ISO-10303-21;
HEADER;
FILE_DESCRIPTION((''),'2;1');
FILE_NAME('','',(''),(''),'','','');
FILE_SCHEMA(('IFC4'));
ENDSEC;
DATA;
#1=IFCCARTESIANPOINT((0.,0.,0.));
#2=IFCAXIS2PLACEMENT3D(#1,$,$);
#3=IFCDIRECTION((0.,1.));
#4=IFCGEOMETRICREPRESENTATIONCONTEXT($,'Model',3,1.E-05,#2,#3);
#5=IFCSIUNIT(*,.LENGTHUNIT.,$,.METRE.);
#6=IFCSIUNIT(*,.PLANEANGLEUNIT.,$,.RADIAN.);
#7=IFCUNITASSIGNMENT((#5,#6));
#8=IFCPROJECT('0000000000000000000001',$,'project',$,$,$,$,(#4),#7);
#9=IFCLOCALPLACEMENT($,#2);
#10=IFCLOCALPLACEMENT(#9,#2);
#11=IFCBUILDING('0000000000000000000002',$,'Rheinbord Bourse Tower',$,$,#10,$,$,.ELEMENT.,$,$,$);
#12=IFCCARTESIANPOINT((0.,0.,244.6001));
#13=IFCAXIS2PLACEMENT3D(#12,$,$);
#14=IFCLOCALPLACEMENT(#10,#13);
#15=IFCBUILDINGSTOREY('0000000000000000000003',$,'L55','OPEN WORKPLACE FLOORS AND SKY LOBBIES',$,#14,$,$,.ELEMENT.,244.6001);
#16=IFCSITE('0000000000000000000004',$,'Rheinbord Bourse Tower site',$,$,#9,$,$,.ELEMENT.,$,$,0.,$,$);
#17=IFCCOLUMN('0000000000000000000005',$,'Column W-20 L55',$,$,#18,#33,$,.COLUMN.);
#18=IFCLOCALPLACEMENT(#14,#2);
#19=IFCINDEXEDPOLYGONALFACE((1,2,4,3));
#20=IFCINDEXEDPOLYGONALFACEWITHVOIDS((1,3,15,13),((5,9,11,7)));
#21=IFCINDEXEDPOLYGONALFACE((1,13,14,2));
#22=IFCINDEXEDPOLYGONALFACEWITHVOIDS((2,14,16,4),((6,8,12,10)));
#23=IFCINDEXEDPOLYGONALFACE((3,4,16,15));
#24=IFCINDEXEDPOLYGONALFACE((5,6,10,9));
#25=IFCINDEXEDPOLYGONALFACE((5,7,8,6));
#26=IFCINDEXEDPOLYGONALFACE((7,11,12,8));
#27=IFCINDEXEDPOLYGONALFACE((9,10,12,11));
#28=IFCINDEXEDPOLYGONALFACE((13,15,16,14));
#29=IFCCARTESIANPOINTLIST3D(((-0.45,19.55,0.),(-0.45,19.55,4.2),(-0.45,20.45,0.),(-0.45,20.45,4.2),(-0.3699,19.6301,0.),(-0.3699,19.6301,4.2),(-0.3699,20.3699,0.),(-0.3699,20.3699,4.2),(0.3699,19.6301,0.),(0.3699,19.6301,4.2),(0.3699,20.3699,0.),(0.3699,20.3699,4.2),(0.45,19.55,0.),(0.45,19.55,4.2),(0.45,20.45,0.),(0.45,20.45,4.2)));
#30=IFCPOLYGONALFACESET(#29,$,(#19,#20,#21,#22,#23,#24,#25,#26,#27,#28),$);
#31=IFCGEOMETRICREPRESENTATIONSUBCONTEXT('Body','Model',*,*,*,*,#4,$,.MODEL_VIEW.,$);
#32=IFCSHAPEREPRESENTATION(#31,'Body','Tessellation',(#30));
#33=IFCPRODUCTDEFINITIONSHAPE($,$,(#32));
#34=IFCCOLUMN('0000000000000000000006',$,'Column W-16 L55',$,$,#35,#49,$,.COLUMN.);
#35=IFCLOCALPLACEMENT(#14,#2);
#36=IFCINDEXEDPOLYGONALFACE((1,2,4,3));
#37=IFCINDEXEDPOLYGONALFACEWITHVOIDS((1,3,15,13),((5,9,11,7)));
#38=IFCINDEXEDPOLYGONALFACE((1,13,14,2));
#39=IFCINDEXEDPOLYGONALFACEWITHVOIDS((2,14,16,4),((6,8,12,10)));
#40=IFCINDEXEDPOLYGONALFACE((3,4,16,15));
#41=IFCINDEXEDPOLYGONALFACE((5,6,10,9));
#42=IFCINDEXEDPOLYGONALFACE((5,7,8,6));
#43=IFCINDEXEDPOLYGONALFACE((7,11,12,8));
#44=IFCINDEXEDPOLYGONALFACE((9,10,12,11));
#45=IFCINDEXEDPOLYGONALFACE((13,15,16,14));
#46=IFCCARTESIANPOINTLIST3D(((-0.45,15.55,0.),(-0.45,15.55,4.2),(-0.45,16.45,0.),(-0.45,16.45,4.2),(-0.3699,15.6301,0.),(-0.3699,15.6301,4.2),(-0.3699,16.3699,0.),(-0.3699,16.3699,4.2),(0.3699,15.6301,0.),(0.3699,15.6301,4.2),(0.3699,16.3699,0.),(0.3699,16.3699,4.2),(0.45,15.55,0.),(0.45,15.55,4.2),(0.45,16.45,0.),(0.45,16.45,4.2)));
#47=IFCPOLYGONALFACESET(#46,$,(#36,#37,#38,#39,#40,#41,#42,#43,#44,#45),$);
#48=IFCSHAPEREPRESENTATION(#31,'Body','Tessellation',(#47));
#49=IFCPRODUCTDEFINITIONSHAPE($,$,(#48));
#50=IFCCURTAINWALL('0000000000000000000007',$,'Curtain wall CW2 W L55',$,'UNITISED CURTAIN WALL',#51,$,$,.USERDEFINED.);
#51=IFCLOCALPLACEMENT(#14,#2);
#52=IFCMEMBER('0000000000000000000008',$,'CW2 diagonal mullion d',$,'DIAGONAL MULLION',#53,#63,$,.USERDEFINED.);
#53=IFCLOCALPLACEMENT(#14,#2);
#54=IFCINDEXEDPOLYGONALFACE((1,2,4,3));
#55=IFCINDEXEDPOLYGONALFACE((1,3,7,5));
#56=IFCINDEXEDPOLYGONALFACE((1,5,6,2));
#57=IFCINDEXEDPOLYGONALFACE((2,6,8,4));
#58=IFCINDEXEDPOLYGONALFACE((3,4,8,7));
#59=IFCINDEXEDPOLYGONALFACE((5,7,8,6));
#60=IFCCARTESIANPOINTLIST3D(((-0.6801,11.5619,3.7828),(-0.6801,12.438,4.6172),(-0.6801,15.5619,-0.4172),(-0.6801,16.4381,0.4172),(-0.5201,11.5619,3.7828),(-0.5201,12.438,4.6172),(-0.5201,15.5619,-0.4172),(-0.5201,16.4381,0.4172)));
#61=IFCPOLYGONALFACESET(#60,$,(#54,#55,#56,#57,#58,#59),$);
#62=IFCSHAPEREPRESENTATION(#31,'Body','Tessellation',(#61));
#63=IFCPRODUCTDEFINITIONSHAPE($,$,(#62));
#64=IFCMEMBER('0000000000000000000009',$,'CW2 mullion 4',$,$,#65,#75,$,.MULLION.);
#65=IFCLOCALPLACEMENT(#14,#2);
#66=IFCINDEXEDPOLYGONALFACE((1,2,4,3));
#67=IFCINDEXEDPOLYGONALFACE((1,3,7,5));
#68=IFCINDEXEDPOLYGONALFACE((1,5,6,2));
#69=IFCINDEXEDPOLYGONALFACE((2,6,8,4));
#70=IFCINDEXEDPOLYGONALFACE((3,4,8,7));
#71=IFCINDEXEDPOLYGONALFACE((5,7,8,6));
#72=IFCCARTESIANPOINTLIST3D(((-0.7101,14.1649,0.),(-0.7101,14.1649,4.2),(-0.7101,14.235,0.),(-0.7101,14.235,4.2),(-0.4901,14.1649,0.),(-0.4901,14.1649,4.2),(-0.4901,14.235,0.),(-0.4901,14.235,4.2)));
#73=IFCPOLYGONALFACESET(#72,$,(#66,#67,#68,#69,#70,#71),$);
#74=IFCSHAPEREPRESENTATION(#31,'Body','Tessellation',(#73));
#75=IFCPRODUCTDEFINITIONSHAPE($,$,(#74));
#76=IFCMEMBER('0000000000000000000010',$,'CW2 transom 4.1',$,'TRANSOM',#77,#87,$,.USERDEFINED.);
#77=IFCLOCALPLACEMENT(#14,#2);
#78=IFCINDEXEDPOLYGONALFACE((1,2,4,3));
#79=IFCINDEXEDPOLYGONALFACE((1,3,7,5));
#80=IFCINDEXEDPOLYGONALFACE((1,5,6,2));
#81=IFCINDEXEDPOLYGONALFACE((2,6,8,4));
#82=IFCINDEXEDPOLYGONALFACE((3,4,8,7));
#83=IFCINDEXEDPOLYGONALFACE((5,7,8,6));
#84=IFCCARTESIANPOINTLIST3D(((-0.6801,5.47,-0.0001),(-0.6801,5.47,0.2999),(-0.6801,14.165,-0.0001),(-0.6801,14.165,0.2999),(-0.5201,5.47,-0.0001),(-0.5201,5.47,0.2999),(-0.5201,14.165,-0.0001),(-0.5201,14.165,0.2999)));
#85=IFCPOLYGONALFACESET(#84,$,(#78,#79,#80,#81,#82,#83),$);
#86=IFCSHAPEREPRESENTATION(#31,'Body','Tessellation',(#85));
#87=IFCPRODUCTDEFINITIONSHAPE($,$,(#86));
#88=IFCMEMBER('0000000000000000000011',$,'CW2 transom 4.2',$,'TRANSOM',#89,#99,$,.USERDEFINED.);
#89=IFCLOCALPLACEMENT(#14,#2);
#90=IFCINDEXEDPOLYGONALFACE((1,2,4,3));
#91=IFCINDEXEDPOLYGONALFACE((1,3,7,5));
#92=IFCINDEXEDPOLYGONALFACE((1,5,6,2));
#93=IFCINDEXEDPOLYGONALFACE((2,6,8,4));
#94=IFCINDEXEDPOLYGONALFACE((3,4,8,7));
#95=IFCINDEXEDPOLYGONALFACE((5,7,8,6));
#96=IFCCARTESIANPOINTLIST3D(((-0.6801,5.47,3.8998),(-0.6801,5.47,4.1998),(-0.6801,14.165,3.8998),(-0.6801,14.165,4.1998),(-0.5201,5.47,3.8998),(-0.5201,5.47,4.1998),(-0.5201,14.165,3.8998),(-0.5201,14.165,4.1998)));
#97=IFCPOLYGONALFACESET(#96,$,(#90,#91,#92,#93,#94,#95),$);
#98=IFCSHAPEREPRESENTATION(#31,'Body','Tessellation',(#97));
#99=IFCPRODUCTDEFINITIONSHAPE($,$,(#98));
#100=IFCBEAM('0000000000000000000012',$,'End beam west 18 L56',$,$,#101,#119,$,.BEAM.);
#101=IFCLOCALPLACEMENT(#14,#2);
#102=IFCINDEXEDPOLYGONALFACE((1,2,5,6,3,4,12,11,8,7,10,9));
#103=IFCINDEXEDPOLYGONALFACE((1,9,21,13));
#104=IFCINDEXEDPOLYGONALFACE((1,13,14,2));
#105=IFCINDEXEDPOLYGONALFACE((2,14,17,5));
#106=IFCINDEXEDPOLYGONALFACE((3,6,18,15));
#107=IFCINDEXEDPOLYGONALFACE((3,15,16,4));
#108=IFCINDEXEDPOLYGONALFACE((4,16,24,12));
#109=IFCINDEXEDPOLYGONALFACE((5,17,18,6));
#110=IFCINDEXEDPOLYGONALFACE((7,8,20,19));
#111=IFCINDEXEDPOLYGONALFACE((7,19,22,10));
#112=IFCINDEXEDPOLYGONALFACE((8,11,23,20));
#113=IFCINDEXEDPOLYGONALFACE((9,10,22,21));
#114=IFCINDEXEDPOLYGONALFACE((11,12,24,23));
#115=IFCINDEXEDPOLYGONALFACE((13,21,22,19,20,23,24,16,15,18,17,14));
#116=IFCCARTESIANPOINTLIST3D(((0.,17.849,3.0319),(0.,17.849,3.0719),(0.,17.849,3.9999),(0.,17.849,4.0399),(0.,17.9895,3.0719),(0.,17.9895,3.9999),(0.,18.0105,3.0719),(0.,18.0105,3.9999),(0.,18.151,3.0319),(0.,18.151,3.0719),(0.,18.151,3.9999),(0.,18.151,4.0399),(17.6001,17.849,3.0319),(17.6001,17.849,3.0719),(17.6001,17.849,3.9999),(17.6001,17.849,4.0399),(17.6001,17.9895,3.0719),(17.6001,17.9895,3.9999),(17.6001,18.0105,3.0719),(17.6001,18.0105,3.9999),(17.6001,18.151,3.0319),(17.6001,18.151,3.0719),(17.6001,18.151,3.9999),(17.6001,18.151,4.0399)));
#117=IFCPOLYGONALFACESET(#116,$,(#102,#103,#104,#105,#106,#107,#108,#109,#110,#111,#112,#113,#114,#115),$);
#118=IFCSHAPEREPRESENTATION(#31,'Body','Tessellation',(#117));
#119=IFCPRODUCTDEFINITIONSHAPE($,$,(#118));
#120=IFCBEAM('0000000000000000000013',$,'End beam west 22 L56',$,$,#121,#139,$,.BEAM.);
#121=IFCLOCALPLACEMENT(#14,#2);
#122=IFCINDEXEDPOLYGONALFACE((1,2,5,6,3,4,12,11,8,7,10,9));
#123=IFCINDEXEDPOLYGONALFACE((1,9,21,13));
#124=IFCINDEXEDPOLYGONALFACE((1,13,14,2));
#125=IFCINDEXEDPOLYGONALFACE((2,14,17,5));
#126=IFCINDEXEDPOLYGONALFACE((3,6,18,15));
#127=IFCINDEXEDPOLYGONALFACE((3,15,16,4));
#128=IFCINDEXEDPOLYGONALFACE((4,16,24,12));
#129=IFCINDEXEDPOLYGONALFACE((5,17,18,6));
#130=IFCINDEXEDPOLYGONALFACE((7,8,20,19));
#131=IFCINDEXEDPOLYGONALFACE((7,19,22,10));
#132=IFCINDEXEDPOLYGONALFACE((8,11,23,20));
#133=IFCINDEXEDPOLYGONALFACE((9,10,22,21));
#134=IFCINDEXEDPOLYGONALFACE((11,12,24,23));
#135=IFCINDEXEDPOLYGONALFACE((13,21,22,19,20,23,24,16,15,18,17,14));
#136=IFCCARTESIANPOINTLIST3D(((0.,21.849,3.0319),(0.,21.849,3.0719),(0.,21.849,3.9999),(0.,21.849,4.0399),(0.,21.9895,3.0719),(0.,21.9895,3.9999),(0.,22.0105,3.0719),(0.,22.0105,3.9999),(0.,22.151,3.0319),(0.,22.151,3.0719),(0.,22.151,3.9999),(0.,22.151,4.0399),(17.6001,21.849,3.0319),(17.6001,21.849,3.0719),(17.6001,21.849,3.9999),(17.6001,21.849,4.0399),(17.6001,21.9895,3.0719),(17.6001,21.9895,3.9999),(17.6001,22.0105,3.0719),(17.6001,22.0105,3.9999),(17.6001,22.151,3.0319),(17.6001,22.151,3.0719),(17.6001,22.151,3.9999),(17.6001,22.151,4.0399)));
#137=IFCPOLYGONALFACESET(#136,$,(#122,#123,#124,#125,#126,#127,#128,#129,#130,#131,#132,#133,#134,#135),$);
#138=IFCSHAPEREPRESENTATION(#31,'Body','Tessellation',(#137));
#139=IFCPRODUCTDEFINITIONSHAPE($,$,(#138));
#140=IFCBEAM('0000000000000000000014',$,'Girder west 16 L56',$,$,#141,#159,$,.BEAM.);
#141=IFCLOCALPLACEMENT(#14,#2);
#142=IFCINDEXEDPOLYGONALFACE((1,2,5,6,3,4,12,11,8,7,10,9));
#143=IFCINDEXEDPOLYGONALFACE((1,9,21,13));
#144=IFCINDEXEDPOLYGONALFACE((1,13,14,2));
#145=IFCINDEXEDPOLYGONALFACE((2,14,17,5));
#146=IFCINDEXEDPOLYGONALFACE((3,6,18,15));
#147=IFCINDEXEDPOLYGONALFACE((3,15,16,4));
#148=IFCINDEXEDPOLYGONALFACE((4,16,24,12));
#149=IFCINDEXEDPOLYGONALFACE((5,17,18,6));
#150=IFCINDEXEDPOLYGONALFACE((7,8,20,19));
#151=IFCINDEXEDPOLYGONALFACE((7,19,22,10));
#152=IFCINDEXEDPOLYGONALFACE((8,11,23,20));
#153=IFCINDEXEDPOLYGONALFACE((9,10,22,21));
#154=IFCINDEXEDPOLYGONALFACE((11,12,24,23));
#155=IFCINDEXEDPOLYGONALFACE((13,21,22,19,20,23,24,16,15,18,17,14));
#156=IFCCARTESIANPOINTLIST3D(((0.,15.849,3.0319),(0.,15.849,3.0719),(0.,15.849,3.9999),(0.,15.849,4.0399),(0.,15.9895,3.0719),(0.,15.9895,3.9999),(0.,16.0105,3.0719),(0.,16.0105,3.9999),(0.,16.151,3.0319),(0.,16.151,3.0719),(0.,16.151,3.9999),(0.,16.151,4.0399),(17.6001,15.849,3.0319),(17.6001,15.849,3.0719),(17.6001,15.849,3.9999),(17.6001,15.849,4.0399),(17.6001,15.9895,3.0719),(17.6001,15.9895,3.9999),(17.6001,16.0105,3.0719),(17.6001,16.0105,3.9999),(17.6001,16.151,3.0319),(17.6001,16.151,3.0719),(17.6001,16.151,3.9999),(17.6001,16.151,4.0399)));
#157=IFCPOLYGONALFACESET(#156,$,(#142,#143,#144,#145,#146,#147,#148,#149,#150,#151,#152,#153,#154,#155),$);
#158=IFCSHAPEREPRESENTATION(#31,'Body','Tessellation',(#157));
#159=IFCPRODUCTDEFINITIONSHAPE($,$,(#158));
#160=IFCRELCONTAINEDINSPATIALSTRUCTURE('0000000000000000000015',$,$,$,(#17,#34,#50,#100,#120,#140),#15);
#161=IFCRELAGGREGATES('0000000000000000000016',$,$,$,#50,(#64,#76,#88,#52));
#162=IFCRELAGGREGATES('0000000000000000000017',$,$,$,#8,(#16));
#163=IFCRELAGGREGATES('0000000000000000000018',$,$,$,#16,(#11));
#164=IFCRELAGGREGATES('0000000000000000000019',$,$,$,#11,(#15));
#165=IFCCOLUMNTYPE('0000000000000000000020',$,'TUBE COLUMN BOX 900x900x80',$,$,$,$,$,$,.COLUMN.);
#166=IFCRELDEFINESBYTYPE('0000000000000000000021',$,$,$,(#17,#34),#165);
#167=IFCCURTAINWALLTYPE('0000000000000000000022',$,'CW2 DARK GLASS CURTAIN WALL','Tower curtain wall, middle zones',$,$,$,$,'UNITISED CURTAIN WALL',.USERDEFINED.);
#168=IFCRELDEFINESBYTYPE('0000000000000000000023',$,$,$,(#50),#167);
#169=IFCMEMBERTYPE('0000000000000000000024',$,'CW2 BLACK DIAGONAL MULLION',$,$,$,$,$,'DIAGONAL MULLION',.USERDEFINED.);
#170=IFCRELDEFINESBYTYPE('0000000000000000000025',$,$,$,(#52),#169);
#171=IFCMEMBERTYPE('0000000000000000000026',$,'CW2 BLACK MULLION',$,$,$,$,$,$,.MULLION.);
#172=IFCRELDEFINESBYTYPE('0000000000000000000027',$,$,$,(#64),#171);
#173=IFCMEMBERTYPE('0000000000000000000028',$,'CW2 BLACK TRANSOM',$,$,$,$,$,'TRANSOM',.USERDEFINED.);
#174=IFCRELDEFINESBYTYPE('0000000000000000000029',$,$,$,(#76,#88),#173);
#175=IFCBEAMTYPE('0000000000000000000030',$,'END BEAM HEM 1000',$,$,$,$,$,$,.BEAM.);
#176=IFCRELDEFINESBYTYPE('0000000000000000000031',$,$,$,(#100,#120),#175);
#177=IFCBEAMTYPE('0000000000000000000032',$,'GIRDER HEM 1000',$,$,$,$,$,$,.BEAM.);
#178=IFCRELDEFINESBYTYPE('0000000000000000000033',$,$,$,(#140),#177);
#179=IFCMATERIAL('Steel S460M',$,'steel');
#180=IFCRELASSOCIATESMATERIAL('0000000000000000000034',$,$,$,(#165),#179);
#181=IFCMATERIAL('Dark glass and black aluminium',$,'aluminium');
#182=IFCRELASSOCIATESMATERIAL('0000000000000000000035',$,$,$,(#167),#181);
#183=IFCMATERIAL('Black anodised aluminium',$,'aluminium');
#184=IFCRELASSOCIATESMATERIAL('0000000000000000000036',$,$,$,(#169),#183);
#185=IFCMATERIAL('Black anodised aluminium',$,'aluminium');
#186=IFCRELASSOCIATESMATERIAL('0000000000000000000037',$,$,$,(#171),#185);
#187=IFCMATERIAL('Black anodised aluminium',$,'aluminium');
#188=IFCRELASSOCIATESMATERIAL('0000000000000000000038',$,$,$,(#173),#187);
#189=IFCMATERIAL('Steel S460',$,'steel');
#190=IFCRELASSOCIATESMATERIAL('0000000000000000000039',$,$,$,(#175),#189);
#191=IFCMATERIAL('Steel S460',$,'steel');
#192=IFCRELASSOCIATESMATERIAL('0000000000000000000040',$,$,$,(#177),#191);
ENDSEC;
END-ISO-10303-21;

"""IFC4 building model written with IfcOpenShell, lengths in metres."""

from ifc_helpers import new_model, si_unit, direction, frame, origin, origin_2d, place, context, subcontext, project, spatial, rectangle, hollow_rectangle, i_section, extrude, material, material_profile, profile_set, type_object, element, aggregate, save


model = new_model("IFC4")

# Units and contexts
model_context = context("Model", 3, precision=1e-05, world=origin(), true_north=direction((0.0, 1.0)))
body_context = subcontext(model_context, "Body", "Model", "MODEL_VIEW")
ifc_project = project(units=[si_unit("LENGTHUNIT", "METRE"), si_unit("PLANEANGLEUNIT", "RADIAN")], contexts=[model_context])

# Site, building, storey
site_placement = place(None, origin())
site = spatial("IfcSite", under=ifc_project, at=site_placement, Name="Rheinbord Bourse Tower site", CompositionType="ELEMENT", RefElevation=0.0)
building_placement = place(site_placement, origin())
building = spatial("IfcBuilding", under=site, at=building_placement, Name="Rheinbord Bourse Tower", CompositionType="ELEMENT")
storey_placement = place(building_placement, frame((0.0, 0.0, 244.6001)))
storey = spatial("IfcBuildingStorey", under=building, at=storey_placement, Name="L55", Description="OPEN WORKPLACE FLOORS AND SKY LOBBIES", CompositionType="ELEMENT", Elevation=244.6001)

# Columns
ifc_material_1 = material(Name="Steel S460M", Category="steel")
ifc_material_profile_1 = material_profile(ifc_material_1, hollow_rectangle(XDim=0.8999, YDim=0.8999, WallThickness=0.0801, at=origin_2d()), Name="BOX 900x900x80")
ifc_profile_set_1 = profile_set([ifc_material_profile_1], Name="Steel S460M")
column_type = type_object("IfcColumnType", Name="TUBE COLUMN BOX 900x900x80", PredefinedType="COLUMN", material=ifc_profile_set_1)
for number, where, z_axis, x_axis, name in (
    (1, (0.0, 20.0, 0.0), (0.0, 0.0, 1.0), (1.0, 0.0, 0.0), "Column W-20 L55"),
    (2, (0.0, 16.0, 0.0), (0.0, 0.0, 1.0), (1.0, 0.0, 0.0), "Column W-16 L55"),
):
    element("IfcColumn", number, at=place(storey_placement, frame(where, z_axis=z_axis, x_axis=x_axis)), inside=storey, type_object=column_type, Name=name, PredefinedType="COLUMN", context=body_context, shape_type="SweptSolid", body=[
        extrude(hollow_rectangle(XDim=0.8999, YDim=0.8999, WallThickness=0.0801, at=origin_2d()), origin(), (0.0, 0.0, 1.0), 4.2),
    ])

# Curtain wall, members
ifc_material_2 = material(Name="Dark glass and black aluminium", Category="aluminium")
curtain_wall_type = type_object("IfcCurtainWallType", Name="CW2 DARK GLASS CURTAIN WALL", Description="Tower curtain wall, middle zones", ElementType="UNITISED CURTAIN WALL", PredefinedType="USERDEFINED", material=ifc_material_2)
curtain_wall_placement = place(storey_placement, origin())
curtain_wall = element("IfcCurtainWall", 3, at=curtain_wall_placement, inside=storey, type_object=curtain_wall_type, Name="Curtain wall CW2 W L55", ObjectType="UNITISED CURTAIN WALL", PredefinedType="USERDEFINED")
ifc_material_3 = material(Name="Black anodised aluminium", Category="aluminium")
ifc_material_profile_2 = material_profile(ifc_material_3, rectangle(XDim=0.1599, YDim=1.21, at=origin_2d()), Name="CW2 DIAGONAL MULLION 1210x160")
ifc_profile_set_2 = profile_set([ifc_material_profile_2], Name="Black anodised aluminium")
member_type_1 = type_object("IfcMemberType", Name="CW2 BLACK DIAGONAL MULLION", ElementType="DIAGONAL MULLION", PredefinedType="USERDEFINED", material=ifc_profile_set_2)
member_1_placement = place(storey_placement, frame((-0.6001, 16.0, 0.0), z_axis=(0.0, -0.689659, 0.724134), x_axis=(1.0, 0.0, 0.0)))
member_1 = element("IfcMember", 4, at=member_1_placement, type_object=member_type_1, Name="CW2 diagonal mullion d", ObjectType="DIAGONAL MULLION", PredefinedType="USERDEFINED", context=body_context, shape_type="SweptSolid", body=[
    extrude(rectangle(XDim=0.1599, YDim=1.21, at=origin_2d()), origin(), (0.0, 0.0, 1.0), 5.8),
])
ifc_material_4 = material(Name="Black anodised aluminium", Category="aluminium")
ifc_material_profile_3 = material_profile(ifc_material_4, rectangle(XDim=0.22, YDim=0.0701, at=origin_2d()), Name="CW2 MULLION 70x220")
ifc_profile_set_3 = profile_set([ifc_material_profile_3], Name="Black anodised aluminium")
member_type_2 = type_object("IfcMemberType", Name="CW2 BLACK MULLION", PredefinedType="MULLION", material=ifc_profile_set_3)
member_2_placement = place(storey_placement, frame((-0.6001, 14.2, 0.0), z_axis=(0.0, 0.0, 1.0), x_axis=(1.0, 0.0, 0.0)))
member_2 = element("IfcMember", 5, at=member_2_placement, type_object=member_type_2, Name="CW2 mullion 4", PredefinedType="MULLION", context=body_context, shape_type="SweptSolid", body=[
    extrude(rectangle(XDim=0.22, YDim=0.0701, at=origin_2d()), origin(), (0.0, 0.0, 1.0), 4.2),
])
ifc_material_5 = material(Name="Black anodised aluminium", Category="aluminium")
ifc_material_profile_4 = material_profile(ifc_material_5, rectangle(XDim=0.1599, YDim=0.3, at=origin_2d()), Name="CW2 TRANSOM 300x160")
ifc_profile_set_4 = profile_set([ifc_material_profile_4], Name="Black anodised aluminium")
member_type_3 = type_object("IfcMemberType", Name="CW2 BLACK TRANSOM", ElementType="TRANSOM", PredefinedType="USERDEFINED", material=ifc_profile_set_4)
member_3_placement = place(storey_placement, frame((-0.6001, 14.165, 0.1499), z_axis=(0.0, -1.0, 0.0), x_axis=(1.0, 0.0, 0.0)))
member_3 = element("IfcMember", 6, at=member_3_placement, type_object=member_type_3, Name="CW2 transom 4.1", ObjectType="TRANSOM", PredefinedType="USERDEFINED", context=body_context, shape_type="SweptSolid", body=[
    extrude(rectangle(XDim=0.1599, YDim=0.3, at=origin_2d()), origin(), (0.0, 0.0, 1.0), 8.6951),
])
member_4_placement = place(storey_placement, frame((-0.6001, 14.165, 4.0498), z_axis=(0.0, -1.0, 0.0), x_axis=(1.0, 0.0, 0.0)))
member_4 = element("IfcMember", 7, at=member_4_placement, type_object=member_type_3, Name="CW2 transom 4.2", ObjectType="TRANSOM", PredefinedType="USERDEFINED", context=body_context, shape_type="SweptSolid", body=[
    extrude(rectangle(XDim=0.1599, YDim=0.3, at=origin_2d()), origin(), (0.0, 0.0, 1.0), 8.6951),
])

# Beams
ifc_material_6 = material(Name="Steel S460", Category="steel")
ifc_material_profile_5 = material_profile(ifc_material_6, i_section(OverallWidth=0.302, OverallDepth=1.0081, WebThickness=0.021, FlangeThickness=0.04, at=origin_2d()), Name="HEM 1000")
ifc_profile_set_5 = profile_set([ifc_material_profile_5], Name="Steel S460")
beam_type_1 = type_object("IfcBeamType", Name="END BEAM HEM 1000", PredefinedType="BEAM", material=ifc_profile_set_5)
for number, where, z_axis, x_axis, name in (
    (8, (0.0, 18.0, 3.5359), (1.0, 0.0, 0.0), (0.0, 1.0, 0.0), "End beam west 18 L56"),
    (9, (0.0, 22.0, 3.5359), (1.0, 0.0, 0.0), (0.0, 1.0, 0.0), "End beam west 22 L56"),
):
    element("IfcBeam", number, at=place(storey_placement, frame(where, z_axis=z_axis, x_axis=x_axis)), inside=storey, type_object=beam_type_1, Name=name, PredefinedType="BEAM", context=body_context, shape_type="SweptSolid", body=[
        extrude(i_section(OverallWidth=0.302, OverallDepth=1.0081, WebThickness=0.021, FlangeThickness=0.04, at=origin_2d()), origin(), (0.0, 0.0, 1.0), 17.6001),
    ])
ifc_material_7 = material(Name="Steel S460", Category="steel")
ifc_material_profile_6 = material_profile(ifc_material_7, i_section(OverallWidth=0.302, OverallDepth=1.0081, WebThickness=0.021, FlangeThickness=0.04, at=origin_2d()), Name="HEM 1000")
ifc_profile_set_6 = profile_set([ifc_material_profile_6], Name="Steel S460")
beam_type_2 = type_object("IfcBeamType", Name="GIRDER HEM 1000", PredefinedType="BEAM", material=ifc_profile_set_6)
beam_placement = place(storey_placement, frame((0.0, 16.0, 3.5359), z_axis=(1.0, 0.0, 0.0), x_axis=(0.0, 1.0, 0.0)))
element("IfcBeam", 10, at=beam_placement, inside=storey, type_object=beam_type_2, Name="Girder west 16 L56", PredefinedType="BEAM", context=body_context, shape_type="SweptSolid", body=[
    extrude(i_section(OverallWidth=0.302, OverallDepth=1.0081, WebThickness=0.021, FlangeThickness=0.04, at=origin_2d()), origin(), (0.0, 0.0, 1.0), 17.6001),
])

aggregate(curtain_wall, [member_2, member_3, member_4, member_1])

save(model, "model.ifc")
